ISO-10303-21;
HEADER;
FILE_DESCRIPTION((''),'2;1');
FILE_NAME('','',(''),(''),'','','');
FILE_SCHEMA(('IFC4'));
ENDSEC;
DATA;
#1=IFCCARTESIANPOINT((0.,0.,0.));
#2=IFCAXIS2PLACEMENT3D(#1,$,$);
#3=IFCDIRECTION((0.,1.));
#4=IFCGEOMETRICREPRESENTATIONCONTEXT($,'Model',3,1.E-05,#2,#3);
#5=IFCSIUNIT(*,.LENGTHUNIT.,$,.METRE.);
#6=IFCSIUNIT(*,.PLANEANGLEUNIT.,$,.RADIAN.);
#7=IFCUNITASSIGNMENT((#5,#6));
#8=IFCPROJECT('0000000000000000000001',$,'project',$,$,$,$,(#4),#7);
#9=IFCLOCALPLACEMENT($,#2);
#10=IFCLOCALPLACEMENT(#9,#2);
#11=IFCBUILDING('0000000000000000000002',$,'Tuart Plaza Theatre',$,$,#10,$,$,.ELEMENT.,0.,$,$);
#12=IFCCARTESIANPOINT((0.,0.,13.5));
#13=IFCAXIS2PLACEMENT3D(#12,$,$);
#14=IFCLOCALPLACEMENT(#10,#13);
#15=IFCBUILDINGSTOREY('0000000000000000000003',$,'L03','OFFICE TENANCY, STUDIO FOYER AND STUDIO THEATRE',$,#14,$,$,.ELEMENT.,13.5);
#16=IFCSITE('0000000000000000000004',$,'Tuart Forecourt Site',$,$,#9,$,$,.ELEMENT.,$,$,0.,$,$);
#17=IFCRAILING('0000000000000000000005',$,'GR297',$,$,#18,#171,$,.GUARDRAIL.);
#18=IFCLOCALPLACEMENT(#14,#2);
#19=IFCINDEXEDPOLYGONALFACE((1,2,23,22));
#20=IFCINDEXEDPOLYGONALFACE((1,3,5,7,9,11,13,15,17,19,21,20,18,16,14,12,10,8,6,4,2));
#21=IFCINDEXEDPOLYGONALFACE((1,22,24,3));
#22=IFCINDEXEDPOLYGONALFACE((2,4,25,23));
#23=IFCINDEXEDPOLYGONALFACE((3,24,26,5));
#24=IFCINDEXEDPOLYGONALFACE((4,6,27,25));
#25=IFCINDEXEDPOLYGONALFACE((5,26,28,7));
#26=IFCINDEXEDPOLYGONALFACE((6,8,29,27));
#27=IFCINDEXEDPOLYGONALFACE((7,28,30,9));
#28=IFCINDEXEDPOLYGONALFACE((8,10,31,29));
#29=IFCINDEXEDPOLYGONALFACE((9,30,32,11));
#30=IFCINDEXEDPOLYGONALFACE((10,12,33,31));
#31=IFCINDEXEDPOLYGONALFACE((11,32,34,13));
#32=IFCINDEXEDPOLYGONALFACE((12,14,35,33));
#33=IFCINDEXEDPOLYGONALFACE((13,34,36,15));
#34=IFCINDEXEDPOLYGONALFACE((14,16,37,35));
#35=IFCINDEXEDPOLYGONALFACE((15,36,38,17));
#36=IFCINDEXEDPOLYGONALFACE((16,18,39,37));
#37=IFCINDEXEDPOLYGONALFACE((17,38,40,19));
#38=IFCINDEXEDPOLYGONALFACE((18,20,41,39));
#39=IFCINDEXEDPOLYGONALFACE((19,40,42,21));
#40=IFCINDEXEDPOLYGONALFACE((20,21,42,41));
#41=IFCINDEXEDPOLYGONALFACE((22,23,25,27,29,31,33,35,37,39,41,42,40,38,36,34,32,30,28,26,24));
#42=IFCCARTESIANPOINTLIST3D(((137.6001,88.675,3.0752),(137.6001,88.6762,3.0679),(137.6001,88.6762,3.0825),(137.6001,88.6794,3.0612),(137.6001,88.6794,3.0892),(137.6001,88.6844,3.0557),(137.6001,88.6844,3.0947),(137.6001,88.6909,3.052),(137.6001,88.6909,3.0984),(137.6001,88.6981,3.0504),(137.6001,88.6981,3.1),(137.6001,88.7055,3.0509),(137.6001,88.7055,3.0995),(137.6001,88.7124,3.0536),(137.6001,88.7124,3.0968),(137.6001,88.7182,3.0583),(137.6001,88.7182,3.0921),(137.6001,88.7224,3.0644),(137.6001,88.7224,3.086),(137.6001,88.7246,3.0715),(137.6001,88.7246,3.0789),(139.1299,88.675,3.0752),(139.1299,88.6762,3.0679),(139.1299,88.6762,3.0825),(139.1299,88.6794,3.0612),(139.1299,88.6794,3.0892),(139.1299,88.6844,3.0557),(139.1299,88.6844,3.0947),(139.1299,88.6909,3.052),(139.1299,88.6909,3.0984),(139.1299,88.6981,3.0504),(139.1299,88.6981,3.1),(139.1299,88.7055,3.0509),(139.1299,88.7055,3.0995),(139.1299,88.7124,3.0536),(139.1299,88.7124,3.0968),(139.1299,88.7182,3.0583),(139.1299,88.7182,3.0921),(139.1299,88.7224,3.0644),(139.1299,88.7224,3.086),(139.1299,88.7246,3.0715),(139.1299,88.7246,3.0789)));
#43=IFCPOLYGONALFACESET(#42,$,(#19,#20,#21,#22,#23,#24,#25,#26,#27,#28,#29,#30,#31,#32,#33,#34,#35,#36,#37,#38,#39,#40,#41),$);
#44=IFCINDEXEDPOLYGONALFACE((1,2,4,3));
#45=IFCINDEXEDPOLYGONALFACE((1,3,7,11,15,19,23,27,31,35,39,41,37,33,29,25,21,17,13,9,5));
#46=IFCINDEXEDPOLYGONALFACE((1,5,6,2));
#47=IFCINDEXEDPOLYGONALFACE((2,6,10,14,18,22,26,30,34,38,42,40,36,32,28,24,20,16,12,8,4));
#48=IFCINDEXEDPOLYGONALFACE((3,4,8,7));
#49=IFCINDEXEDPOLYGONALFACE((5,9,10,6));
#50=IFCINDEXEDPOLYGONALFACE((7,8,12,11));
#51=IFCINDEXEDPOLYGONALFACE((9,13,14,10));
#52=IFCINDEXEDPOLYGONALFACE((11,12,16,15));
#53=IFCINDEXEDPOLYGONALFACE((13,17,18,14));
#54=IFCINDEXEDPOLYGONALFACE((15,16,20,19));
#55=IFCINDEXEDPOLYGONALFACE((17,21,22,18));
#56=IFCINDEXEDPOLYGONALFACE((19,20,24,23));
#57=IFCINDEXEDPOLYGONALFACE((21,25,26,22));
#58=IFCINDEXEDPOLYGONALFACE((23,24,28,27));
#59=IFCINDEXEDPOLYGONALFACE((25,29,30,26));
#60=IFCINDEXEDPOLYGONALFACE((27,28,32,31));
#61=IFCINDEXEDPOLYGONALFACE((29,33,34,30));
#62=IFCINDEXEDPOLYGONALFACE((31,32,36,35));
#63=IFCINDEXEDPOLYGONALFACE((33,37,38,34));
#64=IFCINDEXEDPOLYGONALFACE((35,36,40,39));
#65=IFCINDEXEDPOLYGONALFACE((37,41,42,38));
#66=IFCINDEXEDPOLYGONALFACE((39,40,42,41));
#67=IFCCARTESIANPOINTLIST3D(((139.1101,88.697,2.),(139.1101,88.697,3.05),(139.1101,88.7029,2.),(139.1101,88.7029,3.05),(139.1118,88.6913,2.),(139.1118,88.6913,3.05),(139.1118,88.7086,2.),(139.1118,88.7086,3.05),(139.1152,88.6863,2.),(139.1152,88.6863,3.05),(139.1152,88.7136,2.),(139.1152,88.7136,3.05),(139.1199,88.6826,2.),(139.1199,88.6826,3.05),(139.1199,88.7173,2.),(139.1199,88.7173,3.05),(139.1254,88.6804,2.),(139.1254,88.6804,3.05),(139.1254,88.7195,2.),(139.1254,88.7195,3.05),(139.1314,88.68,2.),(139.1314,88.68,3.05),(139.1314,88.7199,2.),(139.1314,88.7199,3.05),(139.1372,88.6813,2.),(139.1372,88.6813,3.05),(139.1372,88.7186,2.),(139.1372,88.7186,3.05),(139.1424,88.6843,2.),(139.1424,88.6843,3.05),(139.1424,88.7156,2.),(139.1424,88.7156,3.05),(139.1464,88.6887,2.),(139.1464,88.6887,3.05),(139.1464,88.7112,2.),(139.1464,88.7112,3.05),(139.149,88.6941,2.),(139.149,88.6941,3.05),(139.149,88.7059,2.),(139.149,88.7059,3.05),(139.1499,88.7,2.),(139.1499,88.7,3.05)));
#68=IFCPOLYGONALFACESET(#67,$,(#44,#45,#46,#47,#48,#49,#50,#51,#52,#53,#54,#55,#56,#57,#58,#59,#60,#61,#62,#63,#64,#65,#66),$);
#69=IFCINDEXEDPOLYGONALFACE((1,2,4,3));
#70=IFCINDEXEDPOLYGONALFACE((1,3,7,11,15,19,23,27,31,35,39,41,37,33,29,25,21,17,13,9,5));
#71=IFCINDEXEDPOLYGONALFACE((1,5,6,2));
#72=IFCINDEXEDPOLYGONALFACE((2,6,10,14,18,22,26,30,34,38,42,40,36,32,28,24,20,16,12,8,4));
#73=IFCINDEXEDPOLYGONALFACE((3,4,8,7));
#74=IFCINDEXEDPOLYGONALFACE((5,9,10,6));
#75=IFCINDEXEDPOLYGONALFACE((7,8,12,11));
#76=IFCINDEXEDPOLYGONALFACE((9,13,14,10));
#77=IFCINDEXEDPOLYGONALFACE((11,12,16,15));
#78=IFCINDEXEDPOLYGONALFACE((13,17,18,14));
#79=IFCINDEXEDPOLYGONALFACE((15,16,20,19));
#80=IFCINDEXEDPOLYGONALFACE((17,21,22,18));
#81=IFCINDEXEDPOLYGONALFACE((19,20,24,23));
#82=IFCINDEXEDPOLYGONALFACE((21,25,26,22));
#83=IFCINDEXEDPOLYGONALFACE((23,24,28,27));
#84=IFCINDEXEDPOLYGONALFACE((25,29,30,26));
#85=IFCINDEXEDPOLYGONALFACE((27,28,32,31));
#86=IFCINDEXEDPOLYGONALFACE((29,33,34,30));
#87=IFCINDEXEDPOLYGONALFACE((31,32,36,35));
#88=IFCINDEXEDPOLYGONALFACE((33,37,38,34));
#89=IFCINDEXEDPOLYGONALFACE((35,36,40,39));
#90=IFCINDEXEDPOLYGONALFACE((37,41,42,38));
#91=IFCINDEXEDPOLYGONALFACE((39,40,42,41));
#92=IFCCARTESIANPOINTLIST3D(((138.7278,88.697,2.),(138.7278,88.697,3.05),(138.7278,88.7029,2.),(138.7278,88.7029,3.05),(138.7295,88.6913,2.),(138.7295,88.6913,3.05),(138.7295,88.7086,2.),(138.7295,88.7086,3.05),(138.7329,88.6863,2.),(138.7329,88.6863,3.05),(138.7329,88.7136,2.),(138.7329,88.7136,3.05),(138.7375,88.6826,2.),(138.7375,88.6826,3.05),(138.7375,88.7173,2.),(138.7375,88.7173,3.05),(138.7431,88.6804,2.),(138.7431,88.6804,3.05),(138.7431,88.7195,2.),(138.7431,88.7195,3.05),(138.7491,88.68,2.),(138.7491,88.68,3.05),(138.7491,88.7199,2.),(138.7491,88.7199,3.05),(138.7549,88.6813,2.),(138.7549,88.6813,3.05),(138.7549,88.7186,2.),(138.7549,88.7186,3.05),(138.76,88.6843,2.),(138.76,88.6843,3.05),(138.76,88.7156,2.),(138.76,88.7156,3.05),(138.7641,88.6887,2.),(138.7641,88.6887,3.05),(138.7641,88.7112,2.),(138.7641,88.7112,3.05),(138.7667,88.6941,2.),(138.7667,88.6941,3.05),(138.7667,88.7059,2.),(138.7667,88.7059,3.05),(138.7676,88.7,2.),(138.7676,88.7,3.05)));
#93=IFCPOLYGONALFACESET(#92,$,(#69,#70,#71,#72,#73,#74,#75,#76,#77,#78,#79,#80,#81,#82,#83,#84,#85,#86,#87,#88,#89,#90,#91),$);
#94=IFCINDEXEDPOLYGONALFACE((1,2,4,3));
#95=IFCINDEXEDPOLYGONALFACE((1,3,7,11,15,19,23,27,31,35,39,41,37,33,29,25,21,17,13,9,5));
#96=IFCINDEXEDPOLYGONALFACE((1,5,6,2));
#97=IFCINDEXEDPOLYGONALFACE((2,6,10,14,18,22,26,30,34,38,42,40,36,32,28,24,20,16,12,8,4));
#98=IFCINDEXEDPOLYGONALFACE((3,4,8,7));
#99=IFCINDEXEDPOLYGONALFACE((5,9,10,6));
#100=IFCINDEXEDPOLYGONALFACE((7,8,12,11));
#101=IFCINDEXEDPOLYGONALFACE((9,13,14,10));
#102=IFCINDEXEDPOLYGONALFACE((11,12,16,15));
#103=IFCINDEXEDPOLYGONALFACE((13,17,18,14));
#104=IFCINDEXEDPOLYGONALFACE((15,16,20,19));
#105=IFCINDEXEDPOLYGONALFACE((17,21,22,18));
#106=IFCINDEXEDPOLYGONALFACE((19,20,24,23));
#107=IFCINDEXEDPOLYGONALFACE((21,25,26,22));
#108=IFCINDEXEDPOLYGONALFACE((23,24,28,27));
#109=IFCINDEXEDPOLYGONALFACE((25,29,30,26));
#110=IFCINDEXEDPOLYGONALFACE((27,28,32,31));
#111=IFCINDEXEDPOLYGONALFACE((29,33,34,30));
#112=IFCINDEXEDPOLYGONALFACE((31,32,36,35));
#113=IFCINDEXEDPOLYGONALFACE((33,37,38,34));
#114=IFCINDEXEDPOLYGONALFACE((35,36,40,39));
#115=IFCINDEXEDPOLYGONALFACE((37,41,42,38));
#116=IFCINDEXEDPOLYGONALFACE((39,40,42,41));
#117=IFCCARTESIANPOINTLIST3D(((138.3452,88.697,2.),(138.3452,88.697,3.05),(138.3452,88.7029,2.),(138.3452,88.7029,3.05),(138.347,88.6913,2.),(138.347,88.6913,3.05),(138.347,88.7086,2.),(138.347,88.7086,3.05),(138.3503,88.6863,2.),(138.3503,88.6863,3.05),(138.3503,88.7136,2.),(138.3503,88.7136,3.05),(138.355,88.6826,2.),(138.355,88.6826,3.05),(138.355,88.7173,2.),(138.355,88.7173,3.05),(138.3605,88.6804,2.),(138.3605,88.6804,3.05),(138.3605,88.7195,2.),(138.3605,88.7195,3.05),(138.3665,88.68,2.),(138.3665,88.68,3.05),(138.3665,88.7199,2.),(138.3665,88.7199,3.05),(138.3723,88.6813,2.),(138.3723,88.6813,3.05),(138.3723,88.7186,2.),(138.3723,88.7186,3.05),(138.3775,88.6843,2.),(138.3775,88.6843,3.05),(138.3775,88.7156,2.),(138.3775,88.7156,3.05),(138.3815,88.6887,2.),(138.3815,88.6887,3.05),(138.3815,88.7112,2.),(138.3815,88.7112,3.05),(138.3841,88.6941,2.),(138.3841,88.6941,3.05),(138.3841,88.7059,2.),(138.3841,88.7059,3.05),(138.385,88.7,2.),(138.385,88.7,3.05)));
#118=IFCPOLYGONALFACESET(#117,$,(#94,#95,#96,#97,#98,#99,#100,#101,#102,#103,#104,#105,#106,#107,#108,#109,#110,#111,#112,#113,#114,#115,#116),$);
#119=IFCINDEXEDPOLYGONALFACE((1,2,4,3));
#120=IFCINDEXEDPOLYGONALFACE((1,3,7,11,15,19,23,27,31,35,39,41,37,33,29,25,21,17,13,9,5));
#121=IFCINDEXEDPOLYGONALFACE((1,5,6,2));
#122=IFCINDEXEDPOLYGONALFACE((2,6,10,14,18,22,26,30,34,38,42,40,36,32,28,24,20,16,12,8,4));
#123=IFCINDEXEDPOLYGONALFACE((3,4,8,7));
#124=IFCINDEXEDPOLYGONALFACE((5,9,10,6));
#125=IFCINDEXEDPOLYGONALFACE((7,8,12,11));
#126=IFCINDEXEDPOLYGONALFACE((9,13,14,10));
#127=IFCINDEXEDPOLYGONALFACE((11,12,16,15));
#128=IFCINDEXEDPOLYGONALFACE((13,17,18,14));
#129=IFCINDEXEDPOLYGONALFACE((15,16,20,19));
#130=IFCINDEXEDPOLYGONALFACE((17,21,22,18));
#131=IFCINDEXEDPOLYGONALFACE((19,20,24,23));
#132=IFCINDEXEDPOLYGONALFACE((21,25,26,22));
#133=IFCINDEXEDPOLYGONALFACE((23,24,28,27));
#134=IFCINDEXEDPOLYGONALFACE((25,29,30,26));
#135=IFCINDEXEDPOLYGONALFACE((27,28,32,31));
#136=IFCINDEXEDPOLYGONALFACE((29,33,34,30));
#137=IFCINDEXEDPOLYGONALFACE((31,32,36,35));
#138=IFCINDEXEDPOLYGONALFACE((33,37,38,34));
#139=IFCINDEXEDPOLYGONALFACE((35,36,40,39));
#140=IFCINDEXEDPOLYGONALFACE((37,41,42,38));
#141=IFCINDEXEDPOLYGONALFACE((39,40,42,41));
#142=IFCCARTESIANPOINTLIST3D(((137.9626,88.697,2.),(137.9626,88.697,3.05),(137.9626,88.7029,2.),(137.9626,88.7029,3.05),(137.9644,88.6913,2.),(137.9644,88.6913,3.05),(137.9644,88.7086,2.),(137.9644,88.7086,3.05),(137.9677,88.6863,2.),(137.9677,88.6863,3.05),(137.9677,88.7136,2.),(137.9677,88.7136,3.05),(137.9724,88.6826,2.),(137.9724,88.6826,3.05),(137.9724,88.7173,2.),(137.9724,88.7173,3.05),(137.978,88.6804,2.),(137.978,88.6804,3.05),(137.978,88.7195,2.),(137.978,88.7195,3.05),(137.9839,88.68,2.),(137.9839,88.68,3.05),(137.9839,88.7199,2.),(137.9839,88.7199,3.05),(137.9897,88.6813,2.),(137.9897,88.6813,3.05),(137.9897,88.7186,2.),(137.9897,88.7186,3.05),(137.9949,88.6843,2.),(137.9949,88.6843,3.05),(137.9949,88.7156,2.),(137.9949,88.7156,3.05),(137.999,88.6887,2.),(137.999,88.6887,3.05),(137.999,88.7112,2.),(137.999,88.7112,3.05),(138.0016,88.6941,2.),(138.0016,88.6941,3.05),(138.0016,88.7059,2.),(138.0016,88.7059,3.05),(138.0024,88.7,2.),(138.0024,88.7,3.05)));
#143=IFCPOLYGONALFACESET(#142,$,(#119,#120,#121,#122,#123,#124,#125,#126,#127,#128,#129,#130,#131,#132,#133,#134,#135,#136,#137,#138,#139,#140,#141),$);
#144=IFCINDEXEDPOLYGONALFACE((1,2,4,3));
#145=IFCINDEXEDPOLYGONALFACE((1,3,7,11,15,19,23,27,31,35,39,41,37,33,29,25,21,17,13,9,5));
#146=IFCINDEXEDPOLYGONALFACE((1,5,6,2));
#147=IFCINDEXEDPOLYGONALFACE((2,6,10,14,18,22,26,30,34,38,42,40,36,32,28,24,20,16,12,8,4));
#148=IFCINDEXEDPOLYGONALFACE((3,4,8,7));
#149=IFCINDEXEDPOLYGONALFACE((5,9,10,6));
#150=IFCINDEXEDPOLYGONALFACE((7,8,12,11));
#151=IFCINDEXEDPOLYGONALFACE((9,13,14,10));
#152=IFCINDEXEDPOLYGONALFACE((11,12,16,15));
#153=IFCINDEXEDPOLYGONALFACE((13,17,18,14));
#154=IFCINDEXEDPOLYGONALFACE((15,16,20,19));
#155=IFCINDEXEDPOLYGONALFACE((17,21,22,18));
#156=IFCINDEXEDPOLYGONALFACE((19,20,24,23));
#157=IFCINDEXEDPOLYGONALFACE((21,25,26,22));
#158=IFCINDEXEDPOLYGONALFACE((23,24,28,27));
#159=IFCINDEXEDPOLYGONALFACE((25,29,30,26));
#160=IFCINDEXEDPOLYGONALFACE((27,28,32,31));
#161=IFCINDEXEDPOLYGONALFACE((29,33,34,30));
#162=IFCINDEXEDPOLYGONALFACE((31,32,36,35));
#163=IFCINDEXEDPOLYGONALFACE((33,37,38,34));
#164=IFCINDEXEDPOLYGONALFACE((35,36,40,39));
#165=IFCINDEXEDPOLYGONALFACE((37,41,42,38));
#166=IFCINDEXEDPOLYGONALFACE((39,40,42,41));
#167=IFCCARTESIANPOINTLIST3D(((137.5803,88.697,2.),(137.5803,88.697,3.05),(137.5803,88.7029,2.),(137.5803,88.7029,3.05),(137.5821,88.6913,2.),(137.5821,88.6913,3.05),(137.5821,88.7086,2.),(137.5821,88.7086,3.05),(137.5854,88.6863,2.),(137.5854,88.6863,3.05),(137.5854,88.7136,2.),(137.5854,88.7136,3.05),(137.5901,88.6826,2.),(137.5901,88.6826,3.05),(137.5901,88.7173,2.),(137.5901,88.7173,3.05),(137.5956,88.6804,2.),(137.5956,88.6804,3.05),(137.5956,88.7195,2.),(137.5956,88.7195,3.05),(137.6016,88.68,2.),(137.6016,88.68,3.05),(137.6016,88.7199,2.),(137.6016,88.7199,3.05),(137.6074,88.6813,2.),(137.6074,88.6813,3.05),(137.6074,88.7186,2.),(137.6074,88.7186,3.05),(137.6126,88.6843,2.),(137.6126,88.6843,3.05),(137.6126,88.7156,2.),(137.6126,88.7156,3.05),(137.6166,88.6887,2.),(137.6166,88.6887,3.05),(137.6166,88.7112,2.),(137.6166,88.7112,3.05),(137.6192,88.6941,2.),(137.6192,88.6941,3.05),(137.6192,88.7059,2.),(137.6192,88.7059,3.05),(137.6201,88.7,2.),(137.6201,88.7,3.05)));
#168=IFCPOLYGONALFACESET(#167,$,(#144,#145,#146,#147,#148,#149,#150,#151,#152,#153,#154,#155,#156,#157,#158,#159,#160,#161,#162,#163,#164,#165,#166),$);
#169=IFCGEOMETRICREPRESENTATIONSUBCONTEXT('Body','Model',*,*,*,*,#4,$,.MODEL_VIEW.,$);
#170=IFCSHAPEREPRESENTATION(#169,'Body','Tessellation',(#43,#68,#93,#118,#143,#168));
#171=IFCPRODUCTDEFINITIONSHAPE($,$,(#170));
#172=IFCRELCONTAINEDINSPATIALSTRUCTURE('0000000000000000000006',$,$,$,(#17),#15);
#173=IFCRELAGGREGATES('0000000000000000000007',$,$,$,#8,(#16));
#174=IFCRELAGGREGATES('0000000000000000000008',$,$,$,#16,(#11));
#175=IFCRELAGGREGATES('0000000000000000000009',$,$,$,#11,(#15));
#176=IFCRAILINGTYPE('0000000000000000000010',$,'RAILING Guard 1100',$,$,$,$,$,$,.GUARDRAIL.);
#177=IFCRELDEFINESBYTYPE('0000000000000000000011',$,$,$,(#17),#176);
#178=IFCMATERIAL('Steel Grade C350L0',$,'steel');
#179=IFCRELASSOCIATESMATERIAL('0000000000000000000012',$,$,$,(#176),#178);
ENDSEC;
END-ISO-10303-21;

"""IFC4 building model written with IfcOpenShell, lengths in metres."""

from ifc_helpers import new_model, si_unit, direction, frame, origin, origin_2d, place, context, subcontext, project, spatial, circle, extrude, material, type_object, element, save


model = new_model("IFC4")

# Units and contexts
model_context = context("Model", 3, precision=1e-05, world=origin(), true_north=direction((0.0, 1.0)))
body_context = subcontext(model_context, "Body", "Model", "MODEL_VIEW")
ifc_project = project(units=[si_unit("LENGTHUNIT", "METRE"), si_unit("PLANEANGLEUNIT", "RADIAN")], contexts=[model_context])

# Site, building, storey
site_placement = place(None, origin())
site = spatial("IfcSite", under=ifc_project, at=site_placement, Name="Tuart Forecourt Site", CompositionType="ELEMENT", RefElevation=0.0)
building_placement = place(site_placement, origin())
building = spatial("IfcBuilding", under=site, at=building_placement, Name="Tuart Plaza Theatre", CompositionType="ELEMENT", ElevationOfRefHeight=0.0)
storey_placement = place(building_placement, frame((0.0, 0.0, 13.5)))
storey = spatial("IfcBuildingStorey", under=building, at=storey_placement, Name="L03", Description="OFFICE TENANCY, STUDIO FOYER AND STUDIO THEATRE", CompositionType="ELEMENT", Elevation=13.5)

# Railing
ifc_material_1 = material(Name="Steel Grade C350L0", Category="steel")
railing_type_1 = type_object("IfcRailingType", Name="RAILING Guard 1100", PredefinedType="GUARDRAIL", material=ifc_material_1)
railing_1_placement = place(storey_placement, frame((139.1299, 88.7, 2.0)))
element("IfcRailing", 1, at=railing_1_placement, inside=storey, type_object=railing_type_1, Name="GR297", PredefinedType="GUARDRAIL", context=body_context, shape_type="SweptSolid", body=[
    extrude(circle(Radius=0.0249, at=origin_2d()), frame((0.0, 0.0, 1.0752), z_axis=(-1.0, 0.0, 0.0), x_axis=(0.0, -1.0, 0.0)), (0.0, 0.0, 1.0), 1.5298),
    extrude(circle(Radius=0.02, at=origin_2d()), origin(), (0.0, 0.0, 1.0), 1.05),
    extrude(circle(Radius=0.02, at=origin_2d()), frame((-0.3823, 0.0, 0.0)), (0.0, 0.0, 1.0), 1.05),
    extrude(circle(Radius=0.02, at=origin_2d()), frame((-0.7649, 0.0, 0.0)), (0.0, 0.0, 1.0), 1.05),
    extrude(circle(Radius=0.02, at=origin_2d()), frame((-1.1475, 0.0, 0.0)), (0.0, 0.0, 1.0), 1.05),
    extrude(circle(Radius=0.02, at=origin_2d()), frame((-1.5298, 0.0, 0.0)), (0.0, 0.0, 1.0), 1.05),
])

save(model, "model.ifc")
